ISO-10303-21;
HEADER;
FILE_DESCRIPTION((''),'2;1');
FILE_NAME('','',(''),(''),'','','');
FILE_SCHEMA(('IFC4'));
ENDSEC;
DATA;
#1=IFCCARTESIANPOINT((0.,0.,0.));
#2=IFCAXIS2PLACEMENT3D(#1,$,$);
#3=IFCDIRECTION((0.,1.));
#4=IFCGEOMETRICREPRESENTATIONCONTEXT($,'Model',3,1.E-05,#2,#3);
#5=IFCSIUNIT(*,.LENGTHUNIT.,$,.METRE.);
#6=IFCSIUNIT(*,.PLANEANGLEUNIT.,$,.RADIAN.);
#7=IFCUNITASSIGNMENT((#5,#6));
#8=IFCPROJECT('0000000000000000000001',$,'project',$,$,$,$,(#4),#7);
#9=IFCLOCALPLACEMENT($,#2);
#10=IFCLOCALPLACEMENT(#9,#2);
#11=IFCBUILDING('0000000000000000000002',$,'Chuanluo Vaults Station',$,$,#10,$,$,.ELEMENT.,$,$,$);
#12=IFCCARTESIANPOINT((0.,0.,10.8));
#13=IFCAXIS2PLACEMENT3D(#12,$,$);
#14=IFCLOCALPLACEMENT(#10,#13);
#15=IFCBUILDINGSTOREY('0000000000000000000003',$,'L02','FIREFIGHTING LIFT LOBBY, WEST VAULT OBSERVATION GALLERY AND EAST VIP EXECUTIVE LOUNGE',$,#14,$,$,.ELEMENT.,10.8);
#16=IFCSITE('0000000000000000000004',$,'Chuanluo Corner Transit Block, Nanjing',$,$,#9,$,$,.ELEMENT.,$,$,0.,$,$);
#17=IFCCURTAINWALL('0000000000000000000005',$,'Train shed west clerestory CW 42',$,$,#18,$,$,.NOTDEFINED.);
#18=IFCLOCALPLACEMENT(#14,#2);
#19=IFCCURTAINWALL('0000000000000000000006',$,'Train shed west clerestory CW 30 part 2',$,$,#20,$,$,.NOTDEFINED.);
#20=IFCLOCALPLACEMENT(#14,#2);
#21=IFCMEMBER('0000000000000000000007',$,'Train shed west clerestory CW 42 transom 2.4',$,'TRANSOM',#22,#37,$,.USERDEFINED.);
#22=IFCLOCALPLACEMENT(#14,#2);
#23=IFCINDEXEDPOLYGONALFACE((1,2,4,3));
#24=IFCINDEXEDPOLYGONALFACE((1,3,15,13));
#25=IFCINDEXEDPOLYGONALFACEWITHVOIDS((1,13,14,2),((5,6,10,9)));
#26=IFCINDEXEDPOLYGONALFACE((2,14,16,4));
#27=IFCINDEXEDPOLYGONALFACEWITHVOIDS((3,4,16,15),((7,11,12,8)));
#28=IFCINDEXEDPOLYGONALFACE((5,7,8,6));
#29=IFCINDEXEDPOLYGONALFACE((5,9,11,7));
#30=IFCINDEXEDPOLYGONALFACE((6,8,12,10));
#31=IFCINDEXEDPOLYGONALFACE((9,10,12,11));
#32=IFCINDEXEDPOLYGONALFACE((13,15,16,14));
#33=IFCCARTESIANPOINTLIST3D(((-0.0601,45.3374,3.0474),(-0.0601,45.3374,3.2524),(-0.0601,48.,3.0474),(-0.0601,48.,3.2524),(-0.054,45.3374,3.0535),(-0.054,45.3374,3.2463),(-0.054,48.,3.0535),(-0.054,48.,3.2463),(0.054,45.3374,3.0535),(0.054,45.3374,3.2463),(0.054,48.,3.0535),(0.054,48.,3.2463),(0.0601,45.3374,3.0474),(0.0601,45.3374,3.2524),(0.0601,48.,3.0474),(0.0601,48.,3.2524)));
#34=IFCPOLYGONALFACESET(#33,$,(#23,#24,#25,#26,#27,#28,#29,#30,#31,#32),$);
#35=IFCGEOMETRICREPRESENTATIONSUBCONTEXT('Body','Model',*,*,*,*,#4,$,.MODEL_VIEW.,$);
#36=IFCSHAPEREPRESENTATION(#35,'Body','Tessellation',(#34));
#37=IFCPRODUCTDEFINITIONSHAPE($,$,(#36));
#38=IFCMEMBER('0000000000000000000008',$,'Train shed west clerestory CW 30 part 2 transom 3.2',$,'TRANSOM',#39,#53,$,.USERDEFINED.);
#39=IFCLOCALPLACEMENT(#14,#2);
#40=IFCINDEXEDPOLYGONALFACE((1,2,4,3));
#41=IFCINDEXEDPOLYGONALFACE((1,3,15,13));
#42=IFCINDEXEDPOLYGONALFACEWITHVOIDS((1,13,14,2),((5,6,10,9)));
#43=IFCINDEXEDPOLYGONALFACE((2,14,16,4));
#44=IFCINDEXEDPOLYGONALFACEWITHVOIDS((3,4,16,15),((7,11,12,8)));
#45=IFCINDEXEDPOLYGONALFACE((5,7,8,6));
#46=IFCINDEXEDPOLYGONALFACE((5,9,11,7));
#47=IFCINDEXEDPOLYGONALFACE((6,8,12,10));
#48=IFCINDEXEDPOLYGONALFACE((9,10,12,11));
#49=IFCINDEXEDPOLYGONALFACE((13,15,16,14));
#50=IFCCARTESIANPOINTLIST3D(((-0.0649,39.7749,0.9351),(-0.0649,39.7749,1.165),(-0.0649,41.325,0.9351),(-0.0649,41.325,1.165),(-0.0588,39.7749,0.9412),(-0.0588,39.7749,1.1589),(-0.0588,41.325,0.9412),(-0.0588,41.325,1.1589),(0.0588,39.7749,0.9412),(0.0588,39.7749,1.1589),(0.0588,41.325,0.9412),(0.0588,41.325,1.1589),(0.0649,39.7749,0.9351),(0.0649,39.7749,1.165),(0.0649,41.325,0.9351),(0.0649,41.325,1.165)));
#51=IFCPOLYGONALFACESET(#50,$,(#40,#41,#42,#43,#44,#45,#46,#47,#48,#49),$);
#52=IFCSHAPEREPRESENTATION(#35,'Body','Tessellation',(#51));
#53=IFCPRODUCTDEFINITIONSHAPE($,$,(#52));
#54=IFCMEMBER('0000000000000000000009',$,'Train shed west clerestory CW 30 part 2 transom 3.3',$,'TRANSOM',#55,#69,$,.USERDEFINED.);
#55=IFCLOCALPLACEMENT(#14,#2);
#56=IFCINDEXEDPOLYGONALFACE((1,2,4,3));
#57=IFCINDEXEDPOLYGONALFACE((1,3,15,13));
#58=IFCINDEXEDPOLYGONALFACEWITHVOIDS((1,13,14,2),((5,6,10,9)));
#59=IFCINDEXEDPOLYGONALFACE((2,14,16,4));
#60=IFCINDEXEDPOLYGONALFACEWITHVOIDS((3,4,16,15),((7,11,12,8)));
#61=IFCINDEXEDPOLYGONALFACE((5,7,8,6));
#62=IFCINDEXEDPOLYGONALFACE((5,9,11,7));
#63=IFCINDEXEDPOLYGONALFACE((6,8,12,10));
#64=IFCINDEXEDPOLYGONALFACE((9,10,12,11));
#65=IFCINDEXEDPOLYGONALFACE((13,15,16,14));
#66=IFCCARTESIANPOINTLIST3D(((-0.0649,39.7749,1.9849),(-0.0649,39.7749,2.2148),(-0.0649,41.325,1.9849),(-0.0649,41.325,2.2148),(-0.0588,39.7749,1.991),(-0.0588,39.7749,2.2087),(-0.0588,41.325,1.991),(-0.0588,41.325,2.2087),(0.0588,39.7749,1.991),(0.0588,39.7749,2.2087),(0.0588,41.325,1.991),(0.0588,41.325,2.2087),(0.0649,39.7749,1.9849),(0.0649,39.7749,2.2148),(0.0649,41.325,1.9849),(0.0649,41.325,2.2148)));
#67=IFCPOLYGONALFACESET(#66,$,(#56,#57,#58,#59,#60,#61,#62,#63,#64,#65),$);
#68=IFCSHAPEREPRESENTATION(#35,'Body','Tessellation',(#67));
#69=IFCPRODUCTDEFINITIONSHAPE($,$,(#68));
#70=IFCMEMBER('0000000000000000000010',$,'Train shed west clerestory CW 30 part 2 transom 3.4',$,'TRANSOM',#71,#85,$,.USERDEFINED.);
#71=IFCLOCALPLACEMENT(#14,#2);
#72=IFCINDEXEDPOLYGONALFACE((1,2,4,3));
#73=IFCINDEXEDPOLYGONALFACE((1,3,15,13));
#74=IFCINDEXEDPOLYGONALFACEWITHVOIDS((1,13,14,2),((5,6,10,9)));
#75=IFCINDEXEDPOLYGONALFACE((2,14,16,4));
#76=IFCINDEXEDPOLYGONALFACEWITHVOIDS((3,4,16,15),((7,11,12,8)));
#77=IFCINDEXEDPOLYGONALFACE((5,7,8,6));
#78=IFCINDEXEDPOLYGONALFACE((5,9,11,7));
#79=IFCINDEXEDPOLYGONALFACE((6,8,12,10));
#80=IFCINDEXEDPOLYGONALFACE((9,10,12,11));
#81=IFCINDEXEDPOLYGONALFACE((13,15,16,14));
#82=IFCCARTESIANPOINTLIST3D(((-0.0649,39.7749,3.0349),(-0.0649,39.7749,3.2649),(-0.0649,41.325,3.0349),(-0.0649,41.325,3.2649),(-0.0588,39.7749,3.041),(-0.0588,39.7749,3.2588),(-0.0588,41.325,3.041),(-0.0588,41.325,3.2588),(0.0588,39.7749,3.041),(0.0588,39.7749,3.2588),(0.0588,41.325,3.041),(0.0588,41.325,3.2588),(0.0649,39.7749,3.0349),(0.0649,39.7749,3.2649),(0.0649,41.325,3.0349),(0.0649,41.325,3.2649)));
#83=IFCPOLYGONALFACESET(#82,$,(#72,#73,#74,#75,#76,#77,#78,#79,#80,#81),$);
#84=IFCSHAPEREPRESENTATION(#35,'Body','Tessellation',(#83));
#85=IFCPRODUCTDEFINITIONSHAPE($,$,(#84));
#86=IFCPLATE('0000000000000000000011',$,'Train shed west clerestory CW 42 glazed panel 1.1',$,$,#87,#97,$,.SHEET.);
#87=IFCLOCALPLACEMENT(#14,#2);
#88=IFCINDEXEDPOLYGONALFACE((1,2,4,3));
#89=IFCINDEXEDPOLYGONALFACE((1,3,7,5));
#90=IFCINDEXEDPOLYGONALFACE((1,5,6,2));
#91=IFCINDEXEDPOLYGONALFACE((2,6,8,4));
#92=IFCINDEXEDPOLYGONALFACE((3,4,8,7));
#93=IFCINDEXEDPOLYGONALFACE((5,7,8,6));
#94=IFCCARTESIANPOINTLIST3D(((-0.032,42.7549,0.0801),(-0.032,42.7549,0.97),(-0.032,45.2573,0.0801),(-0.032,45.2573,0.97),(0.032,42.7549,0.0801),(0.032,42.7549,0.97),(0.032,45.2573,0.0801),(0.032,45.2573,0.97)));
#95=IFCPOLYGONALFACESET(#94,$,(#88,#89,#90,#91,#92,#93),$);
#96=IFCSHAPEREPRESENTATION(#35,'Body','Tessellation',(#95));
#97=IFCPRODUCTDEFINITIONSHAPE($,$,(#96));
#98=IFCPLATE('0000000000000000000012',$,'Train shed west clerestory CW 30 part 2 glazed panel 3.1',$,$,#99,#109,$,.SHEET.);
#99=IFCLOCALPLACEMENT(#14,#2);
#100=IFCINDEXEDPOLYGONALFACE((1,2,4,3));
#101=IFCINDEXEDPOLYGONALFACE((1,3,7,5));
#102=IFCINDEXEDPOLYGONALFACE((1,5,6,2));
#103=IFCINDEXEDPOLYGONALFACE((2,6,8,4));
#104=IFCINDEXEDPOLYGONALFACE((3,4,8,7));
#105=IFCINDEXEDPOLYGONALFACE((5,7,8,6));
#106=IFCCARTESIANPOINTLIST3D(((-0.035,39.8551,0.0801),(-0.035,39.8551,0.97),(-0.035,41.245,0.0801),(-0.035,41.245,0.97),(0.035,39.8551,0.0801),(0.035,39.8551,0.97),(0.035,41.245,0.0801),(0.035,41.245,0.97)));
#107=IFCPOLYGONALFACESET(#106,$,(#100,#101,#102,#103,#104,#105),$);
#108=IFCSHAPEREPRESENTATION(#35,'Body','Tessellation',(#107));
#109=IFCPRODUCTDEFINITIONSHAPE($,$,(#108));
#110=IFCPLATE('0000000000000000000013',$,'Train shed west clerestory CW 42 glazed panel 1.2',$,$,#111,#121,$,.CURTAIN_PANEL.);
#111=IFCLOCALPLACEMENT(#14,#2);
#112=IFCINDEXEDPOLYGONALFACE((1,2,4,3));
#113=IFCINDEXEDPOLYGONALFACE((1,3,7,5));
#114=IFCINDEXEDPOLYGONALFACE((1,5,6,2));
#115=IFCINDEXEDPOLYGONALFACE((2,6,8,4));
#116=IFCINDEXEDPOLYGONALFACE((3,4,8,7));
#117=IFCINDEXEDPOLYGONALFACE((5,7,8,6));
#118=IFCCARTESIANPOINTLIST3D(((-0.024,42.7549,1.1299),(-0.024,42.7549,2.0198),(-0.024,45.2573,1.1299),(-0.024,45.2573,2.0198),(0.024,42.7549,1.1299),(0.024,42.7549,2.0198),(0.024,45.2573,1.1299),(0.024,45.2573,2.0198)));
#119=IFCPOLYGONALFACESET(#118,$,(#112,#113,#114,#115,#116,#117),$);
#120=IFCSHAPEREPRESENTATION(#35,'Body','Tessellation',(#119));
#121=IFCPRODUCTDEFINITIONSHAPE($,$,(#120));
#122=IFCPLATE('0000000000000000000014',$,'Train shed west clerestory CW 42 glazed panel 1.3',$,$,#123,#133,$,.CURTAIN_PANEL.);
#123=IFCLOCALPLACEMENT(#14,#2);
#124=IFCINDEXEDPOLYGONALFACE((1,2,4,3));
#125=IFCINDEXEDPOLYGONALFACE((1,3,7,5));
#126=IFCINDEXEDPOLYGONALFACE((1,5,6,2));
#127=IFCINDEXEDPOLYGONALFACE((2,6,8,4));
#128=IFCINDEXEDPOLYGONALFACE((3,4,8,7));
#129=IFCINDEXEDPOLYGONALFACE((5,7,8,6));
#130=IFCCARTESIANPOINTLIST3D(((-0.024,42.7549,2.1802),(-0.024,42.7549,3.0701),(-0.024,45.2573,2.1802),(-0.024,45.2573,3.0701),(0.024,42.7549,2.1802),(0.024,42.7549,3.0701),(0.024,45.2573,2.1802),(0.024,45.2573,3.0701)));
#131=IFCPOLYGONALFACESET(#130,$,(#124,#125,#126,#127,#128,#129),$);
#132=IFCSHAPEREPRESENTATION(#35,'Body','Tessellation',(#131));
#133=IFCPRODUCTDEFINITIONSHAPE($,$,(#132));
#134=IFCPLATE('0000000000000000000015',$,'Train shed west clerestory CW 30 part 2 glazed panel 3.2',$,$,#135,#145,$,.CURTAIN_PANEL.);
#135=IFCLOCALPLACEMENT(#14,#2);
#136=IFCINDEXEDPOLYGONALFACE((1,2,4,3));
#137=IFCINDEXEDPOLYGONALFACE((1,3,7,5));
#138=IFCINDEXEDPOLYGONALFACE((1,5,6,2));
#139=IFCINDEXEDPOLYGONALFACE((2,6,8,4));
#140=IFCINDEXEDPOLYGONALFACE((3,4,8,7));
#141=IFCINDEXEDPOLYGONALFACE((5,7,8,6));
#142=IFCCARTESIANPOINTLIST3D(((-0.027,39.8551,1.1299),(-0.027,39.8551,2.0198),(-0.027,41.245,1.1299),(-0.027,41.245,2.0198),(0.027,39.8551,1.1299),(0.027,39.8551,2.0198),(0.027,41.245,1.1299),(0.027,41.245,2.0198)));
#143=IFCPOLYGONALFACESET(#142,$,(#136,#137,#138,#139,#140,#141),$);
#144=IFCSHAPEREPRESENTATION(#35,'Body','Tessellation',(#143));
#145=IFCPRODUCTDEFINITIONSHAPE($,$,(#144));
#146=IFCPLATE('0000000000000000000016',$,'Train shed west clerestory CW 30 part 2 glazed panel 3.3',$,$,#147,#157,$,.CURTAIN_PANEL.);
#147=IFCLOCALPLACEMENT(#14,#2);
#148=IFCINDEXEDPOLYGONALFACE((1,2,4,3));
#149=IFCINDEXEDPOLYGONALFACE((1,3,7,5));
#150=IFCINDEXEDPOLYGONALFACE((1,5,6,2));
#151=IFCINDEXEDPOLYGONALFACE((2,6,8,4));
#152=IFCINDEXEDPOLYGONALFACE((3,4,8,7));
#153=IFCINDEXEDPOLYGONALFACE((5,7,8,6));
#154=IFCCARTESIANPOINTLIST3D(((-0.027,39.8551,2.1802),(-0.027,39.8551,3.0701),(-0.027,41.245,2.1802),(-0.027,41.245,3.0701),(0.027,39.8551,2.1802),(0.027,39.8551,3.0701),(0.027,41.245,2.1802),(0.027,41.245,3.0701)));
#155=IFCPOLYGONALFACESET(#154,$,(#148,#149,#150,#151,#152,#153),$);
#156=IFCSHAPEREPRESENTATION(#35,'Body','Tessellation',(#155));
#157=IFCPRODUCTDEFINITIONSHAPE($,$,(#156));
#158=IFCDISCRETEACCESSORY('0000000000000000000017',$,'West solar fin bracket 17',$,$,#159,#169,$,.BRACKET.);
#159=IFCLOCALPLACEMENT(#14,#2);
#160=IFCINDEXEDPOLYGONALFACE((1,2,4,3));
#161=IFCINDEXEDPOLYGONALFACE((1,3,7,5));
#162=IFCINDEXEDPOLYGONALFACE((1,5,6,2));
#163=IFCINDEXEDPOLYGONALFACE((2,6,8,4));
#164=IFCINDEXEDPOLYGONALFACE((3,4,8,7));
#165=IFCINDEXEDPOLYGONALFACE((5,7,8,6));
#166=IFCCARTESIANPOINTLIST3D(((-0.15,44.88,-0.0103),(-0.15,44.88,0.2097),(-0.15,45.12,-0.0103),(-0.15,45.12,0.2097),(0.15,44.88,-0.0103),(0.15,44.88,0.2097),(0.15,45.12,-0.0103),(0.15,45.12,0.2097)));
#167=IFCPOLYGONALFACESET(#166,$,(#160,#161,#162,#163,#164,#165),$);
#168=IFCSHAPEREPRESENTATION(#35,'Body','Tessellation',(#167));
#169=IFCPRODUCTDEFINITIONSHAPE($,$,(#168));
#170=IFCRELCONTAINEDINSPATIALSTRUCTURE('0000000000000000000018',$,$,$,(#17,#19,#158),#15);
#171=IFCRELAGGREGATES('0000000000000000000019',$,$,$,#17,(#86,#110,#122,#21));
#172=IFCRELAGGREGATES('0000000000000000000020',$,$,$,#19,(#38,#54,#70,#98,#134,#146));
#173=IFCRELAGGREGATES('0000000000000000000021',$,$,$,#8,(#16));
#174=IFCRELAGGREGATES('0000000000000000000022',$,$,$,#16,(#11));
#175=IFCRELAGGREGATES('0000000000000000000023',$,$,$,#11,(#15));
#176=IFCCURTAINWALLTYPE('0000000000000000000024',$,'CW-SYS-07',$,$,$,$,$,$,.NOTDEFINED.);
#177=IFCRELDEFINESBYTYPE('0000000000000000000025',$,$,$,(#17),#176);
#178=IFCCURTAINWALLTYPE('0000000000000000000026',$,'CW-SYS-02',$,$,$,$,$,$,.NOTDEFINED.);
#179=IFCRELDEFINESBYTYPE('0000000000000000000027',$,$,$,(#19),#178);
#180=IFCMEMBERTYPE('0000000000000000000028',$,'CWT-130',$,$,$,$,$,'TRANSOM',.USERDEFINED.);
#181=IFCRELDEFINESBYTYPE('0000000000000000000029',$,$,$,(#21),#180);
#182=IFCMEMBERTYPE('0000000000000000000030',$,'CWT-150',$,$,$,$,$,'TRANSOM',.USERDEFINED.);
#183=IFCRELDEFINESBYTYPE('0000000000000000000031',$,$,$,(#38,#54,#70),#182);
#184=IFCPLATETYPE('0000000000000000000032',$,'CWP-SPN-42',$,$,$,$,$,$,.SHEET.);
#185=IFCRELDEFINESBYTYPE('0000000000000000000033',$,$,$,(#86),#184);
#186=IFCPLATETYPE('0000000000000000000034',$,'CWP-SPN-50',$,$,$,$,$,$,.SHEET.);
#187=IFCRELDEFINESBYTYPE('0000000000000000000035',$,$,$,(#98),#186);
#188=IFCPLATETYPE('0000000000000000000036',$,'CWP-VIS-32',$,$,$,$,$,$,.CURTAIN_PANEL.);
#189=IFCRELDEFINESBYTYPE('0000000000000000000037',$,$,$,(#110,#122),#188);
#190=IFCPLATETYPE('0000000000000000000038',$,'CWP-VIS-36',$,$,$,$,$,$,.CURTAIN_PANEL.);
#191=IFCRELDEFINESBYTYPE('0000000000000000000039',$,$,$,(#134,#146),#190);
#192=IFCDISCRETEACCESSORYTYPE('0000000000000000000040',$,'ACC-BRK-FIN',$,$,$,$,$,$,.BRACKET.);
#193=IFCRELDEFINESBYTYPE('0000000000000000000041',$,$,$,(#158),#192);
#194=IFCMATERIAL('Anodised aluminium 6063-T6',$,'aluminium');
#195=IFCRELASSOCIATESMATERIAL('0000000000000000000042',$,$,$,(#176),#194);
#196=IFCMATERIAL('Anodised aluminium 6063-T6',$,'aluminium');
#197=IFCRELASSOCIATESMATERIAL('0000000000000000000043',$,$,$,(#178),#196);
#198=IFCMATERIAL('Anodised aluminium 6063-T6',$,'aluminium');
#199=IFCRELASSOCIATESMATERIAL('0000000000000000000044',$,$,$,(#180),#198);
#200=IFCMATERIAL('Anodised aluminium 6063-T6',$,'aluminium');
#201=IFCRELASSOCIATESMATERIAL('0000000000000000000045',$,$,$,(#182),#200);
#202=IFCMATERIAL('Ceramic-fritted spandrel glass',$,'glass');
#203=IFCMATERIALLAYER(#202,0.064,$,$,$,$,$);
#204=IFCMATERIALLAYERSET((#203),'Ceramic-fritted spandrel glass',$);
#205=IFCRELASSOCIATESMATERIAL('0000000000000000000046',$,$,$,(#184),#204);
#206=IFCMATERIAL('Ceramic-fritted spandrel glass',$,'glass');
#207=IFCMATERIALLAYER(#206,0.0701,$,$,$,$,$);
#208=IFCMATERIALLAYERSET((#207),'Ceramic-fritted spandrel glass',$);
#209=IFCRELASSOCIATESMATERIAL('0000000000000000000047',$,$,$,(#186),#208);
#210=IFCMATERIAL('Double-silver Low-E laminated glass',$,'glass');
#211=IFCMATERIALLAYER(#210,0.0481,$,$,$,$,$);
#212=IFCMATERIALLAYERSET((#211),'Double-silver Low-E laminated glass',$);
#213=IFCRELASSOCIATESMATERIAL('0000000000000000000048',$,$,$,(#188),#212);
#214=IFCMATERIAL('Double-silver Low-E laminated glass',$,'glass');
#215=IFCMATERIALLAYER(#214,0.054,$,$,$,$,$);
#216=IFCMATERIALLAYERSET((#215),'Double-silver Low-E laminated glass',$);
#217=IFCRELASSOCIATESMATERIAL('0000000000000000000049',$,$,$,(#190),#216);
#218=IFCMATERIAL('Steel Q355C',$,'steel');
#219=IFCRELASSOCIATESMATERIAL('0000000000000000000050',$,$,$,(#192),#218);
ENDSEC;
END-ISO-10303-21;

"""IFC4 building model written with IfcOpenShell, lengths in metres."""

from ifc_helpers import new_model, si_unit, direction, frame, origin, origin_2d, place, context, subcontext, project, spatial, rectangle, hollow_rectangle, extrude, material, layer, layer_set, material_profile, profile_set, type_object, element, aggregate, save


model = new_model("IFC4")

# Units and contexts
model_context = context("Model", 3, precision=1e-05, world=origin(), true_north=direction((0.0, 1.0)))
body_context = subcontext(model_context, "Body", "Model", "MODEL_VIEW")
ifc_project = project(units=[si_unit("LENGTHUNIT", "METRE"), si_unit("PLANEANGLEUNIT", "RADIAN")], contexts=[model_context])

# Site, building, storey
site_placement = place(None, origin())
site = spatial("IfcSite", under=ifc_project, at=site_placement, Name="Chuanluo Corner Transit Block, Nanjing", CompositionType="ELEMENT", RefElevation=0.0)
building_placement = place(site_placement, origin())
building = spatial("IfcBuilding", under=site, at=building_placement, Name="Chuanluo Vaults Station", CompositionType="ELEMENT")
storey_placement = place(building_placement, frame((0.0, 0.0, 10.8)))
storey = spatial("IfcBuildingStorey", under=building, at=storey_placement, Name="L02", Description="FIREFIGHTING LIFT LOBBY, WEST VAULT OBSERVATION GALLERY AND EAST VIP EXECUTIVE LOUNGE", CompositionType="ELEMENT", Elevation=10.8)

# Curtain wall
ifc_material_1 = material(Name="Anodised aluminium 6063-T6", Category="aluminium")
curtain_wall_type_1 = type_object("IfcCurtainWallType", Name="CW-SYS-07", PredefinedType="NOTDEFINED", material=ifc_material_1)
curtain_wall_1_placement = place(storey_placement, origin())
curtain_wall_1 = element("IfcCurtainWall", 1, at=curtain_wall_1_placement, inside=storey, type_object=curtain_wall_type_1, Name="Train shed west clerestory CW 42", PredefinedType="NOTDEFINED")

# Curtain wall
ifc_material_2 = material(Name="Anodised aluminium 6063-T6", Category="aluminium")
curtain_wall_type_2 = type_object("IfcCurtainWallType", Name="CW-SYS-02", PredefinedType="NOTDEFINED", material=ifc_material_2)
curtain_wall_2_placement = place(storey_placement, origin())
curtain_wall_2 = element("IfcCurtainWall", 2, at=curtain_wall_2_placement, inside=storey, type_object=curtain_wall_type_2, Name="Train shed west clerestory CW 30 part 2", PredefinedType="NOTDEFINED")

# Members
ifc_material_3 = material(Name="Anodised aluminium 6063-T6", Category="aluminium")
ifc_material_profile_1 = material_profile(ifc_material_3, hollow_rectangle(XDim=0.1201, YDim=0.2051, WallThickness=0.0061, at=origin_2d()))
ifc_profile_set_1 = profile_set([ifc_material_profile_1], Name="Anodised aluminium 6063-T6")
member_type_1 = type_object("IfcMemberType", Name="CWT-130", ElementType="TRANSOM", PredefinedType="USERDEFINED", material=ifc_profile_set_1)
member_1_placement = place(storey_placement, frame((0.0, 45.3374, 3.1499), z_axis=(0.0, 1.0, 0.0), x_axis=(-1.0, 0.0, 0.0)))
member_1 = element("IfcMember", 3, at=member_1_placement, type_object=member_type_1, Name="Train shed west clerestory CW 42 transom 2.4", ObjectType="TRANSOM", PredefinedType="USERDEFINED", context=body_context, shape_type="SweptSolid", body=[
    extrude(hollow_rectangle(XDim=0.1201, YDim=0.2051, WallThickness=0.0061, at=origin_2d()), origin(), (0.0, 0.0, 1.0), 2.6626),
])
ifc_material_4 = material(Name="Anodised aluminium 6063-T6", Category="aluminium")
ifc_material_profile_2 = material_profile(ifc_material_4, hollow_rectangle(XDim=0.1299, YDim=0.23, WallThickness=0.0061, at=origin_2d()))
ifc_profile_set_2 = profile_set([ifc_material_profile_2], Name="Anodised aluminium 6063-T6")
member_type_2 = type_object("IfcMemberType", Name="CWT-150", ElementType="TRANSOM", PredefinedType="USERDEFINED", material=ifc_profile_set_2)
member_2_placement = place(storey_placement, frame((0.0, 39.7749, 1.05), z_axis=(0.0, 1.0, 0.0), x_axis=(-1.0, 0.0, 0.0)))
member_2 = element("IfcMember", 4, at=member_2_placement, type_object=member_type_2, Name="Train shed west clerestory CW 30 part 2 transom 3.2", ObjectType="TRANSOM", PredefinedType="USERDEFINED", context=body_context, shape_type="SweptSolid", body=[
    extrude(hollow_rectangle(XDim=0.1299, YDim=0.23, WallThickness=0.0061, at=origin_2d()), origin(), (0.0, 0.0, 1.0), 1.55),
])
member_3_placement = place(storey_placement, frame((0.0, 39.7749, 2.0999), z_axis=(0.0, 1.0, 0.0), x_axis=(-1.0, 0.0, 0.0)))
member_3 = element("IfcMember", 5, at=member_3_placement, type_object=member_type_2, Name="Train shed west clerestory CW 30 part 2 transom 3.3", ObjectType="TRANSOM", PredefinedType="USERDEFINED", context=body_context, shape_type="SweptSolid", body=[
    extrude(hollow_rectangle(XDim=0.1299, YDim=0.23, WallThickness=0.0061, at=origin_2d()), origin(), (0.0, 0.0, 1.0), 1.55),
])
member_4_placement = place(storey_placement, frame((0.0, 39.7749, 3.1499), z_axis=(0.0, 1.0, 0.0), x_axis=(-1.0, 0.0, 0.0)))
member_4 = element("IfcMember", 6, at=member_4_placement, type_object=member_type_2, Name="Train shed west clerestory CW 30 part 2 transom 3.4", ObjectType="TRANSOM", PredefinedType="USERDEFINED", context=body_context, shape_type="SweptSolid", body=[
    extrude(hollow_rectangle(XDim=0.1299, YDim=0.23, WallThickness=0.0061, at=origin_2d()), origin(), (0.0, 0.0, 1.0), 1.55),
])

# Plates
ifc_material_5 = material(Name="Ceramic-fritted spandrel glass", Category="glass")
ifc_layer_1 = layer(ifc_material_5, 0.064)
ifc_layer_set_1 = layer_set([ifc_layer_1], Name="Ceramic-fritted spandrel glass")
plate_type_1 = type_object("IfcPlateType", Name="CWP-SPN-42", PredefinedType="SHEET", material=ifc_layer_set_1)
plate_1_placement = place(storey_placement, frame((0.0, 44.0061, 0.0801), z_axis=(0.0, 0.0, 1.0), x_axis=(0.0, 1.0, 0.0)))
plate_1 = element("IfcPlate", 7, at=plate_1_placement, type_object=plate_type_1, Name="Train shed west clerestory CW 42 glazed panel 1.1", PredefinedType="SHEET", context=body_context, shape_type="SweptSolid", body=[
    extrude(rectangle(XDim=2.5024, YDim=0.064, at=origin_2d()), origin(), (0.0, 0.0, 1.0), 0.8899),
])
ifc_material_6 = material(Name="Ceramic-fritted spandrel glass", Category="glass")
ifc_layer_2 = layer(ifc_material_6, 0.0701)
ifc_layer_set_2 = layer_set([ifc_layer_2], Name="Ceramic-fritted spandrel glass")
plate_type_2 = type_object("IfcPlateType", Name="CWP-SPN-50", PredefinedType="SHEET", material=ifc_layer_set_2)
plate_2_placement = place(storey_placement, frame((0.0, 40.55, 0.0801), z_axis=(0.0, 0.0, 1.0), x_axis=(0.0, 1.0, 0.0)))
plate_2 = element("IfcPlate", 8, at=plate_2_placement, type_object=plate_type_2, Name="Train shed west clerestory CW 30 part 2 glazed panel 3.1", PredefinedType="SHEET", context=body_context, shape_type="SweptSolid", body=[
    extrude(rectangle(XDim=1.3899, YDim=0.0701, at=origin_2d()), origin(), (0.0, 0.0, 1.0), 0.8899),
])
ifc_material_7 = material(Name="Double-silver Low-E laminated glass", Category="glass")
ifc_layer_3 = layer(ifc_material_7, 0.0481)
ifc_layer_set_3 = layer_set([ifc_layer_3], Name="Double-silver Low-E laminated glass")
plate_type_3 = type_object("IfcPlateType", Name="CWP-VIS-32", PredefinedType="CURTAIN_PANEL", material=ifc_layer_set_3)
plate_3_placement = place(storey_placement, frame((0.0, 44.0061, 1.1299), z_axis=(0.0, 0.0, 1.0), x_axis=(0.0, 1.0, 0.0)))
plate_3 = element("IfcPlate", 9, at=plate_3_placement, type_object=plate_type_3, Name="Train shed west clerestory CW 42 glazed panel 1.2", PredefinedType="CURTAIN_PANEL", context=body_context, shape_type="SweptSolid", body=[
    extrude(rectangle(XDim=2.5024, YDim=0.0481, at=origin_2d()), origin(), (0.0, 0.0, 1.0), 0.8899),
])
plate_4_placement = place(storey_placement, frame((0.0, 44.0061, 2.1802), z_axis=(0.0, 0.0, 1.0), x_axis=(0.0, 1.0, 0.0)))
plate_4 = element("IfcPlate", 10, at=plate_4_placement, type_object=plate_type_3, Name="Train shed west clerestory CW 42 glazed panel 1.3", PredefinedType="CURTAIN_PANEL", context=body_context, shape_type="SweptSolid", body=[
    extrude(rectangle(XDim=2.5024, YDim=0.0481, at=origin_2d()), origin(), (0.0, 0.0, 1.0), 0.8899),
])
aggregate(curtain_wall_1, [plate_1, plate_3, plate_4, member_1])
ifc_material_8 = material(Name="Double-silver Low-E laminated glass", Category="glass")
ifc_layer_4 = layer(ifc_material_8, 0.054)
ifc_layer_set_4 = layer_set([ifc_layer_4], Name="Double-silver Low-E laminated glass")
plate_type_4 = type_object("IfcPlateType", Name="CWP-VIS-36", PredefinedType="CURTAIN_PANEL", material=ifc_layer_set_4)
plate_5_placement = place(storey_placement, frame((0.0, 40.55, 1.1299), z_axis=(0.0, 0.0, 1.0), x_axis=(0.0, 1.0, 0.0)))
plate_5 = element("IfcPlate", 11, at=plate_5_placement, type_object=plate_type_4, Name="Train shed west clerestory CW 30 part 2 glazed panel 3.2", PredefinedType="CURTAIN_PANEL", context=body_context, shape_type="SweptSolid", body=[
    extrude(rectangle(XDim=1.3899, YDim=0.054, at=origin_2d()), origin(), (0.0, 0.0, 1.0), 0.8899),
])
plate_6_placement = place(storey_placement, frame((0.0, 40.55, 2.1802), z_axis=(0.0, 0.0, 1.0), x_axis=(0.0, 1.0, 0.0)))
plate_6 = element("IfcPlate", 12, at=plate_6_placement, type_object=plate_type_4, Name="Train shed west clerestory CW 30 part 2 glazed panel 3.3", PredefinedType="CURTAIN_PANEL", context=body_context, shape_type="SweptSolid", body=[
    extrude(rectangle(XDim=1.3899, YDim=0.054, at=origin_2d()), origin(), (0.0, 0.0, 1.0), 0.8899),
])
aggregate(curtain_wall_2, [member_2, member_3, member_4, plate_2, plate_5, plate_6])

# Discrete accessory
ifc_material_9 = material(Name="Steel Q355C", Category="steel")
discrete_accessory_type = type_object("IfcDiscreteAccessoryType", Name="ACC-BRK-FIN", PredefinedType="BRACKET", material=ifc_material_9)
discrete_accessory_placement = place(storey_placement, frame((0.0, 45.0, -0.0103), z_axis=(0.0, 0.0, 1.0), x_axis=(1.0, 0.0, 0.0)))
element("IfcDiscreteAccessory", 13, at=discrete_accessory_placement, inside=storey, type_object=discrete_accessory_type, Name="West solar fin bracket 17", PredefinedType="BRACKET", context=body_context, shape_type="SweptSolid", body=[
    extrude(rectangle(XDim=0.3, YDim=0.24, at=origin_2d()), origin(), (0.0, 0.0, 1.0), 0.22),
])

save(model, "model.ifc")
